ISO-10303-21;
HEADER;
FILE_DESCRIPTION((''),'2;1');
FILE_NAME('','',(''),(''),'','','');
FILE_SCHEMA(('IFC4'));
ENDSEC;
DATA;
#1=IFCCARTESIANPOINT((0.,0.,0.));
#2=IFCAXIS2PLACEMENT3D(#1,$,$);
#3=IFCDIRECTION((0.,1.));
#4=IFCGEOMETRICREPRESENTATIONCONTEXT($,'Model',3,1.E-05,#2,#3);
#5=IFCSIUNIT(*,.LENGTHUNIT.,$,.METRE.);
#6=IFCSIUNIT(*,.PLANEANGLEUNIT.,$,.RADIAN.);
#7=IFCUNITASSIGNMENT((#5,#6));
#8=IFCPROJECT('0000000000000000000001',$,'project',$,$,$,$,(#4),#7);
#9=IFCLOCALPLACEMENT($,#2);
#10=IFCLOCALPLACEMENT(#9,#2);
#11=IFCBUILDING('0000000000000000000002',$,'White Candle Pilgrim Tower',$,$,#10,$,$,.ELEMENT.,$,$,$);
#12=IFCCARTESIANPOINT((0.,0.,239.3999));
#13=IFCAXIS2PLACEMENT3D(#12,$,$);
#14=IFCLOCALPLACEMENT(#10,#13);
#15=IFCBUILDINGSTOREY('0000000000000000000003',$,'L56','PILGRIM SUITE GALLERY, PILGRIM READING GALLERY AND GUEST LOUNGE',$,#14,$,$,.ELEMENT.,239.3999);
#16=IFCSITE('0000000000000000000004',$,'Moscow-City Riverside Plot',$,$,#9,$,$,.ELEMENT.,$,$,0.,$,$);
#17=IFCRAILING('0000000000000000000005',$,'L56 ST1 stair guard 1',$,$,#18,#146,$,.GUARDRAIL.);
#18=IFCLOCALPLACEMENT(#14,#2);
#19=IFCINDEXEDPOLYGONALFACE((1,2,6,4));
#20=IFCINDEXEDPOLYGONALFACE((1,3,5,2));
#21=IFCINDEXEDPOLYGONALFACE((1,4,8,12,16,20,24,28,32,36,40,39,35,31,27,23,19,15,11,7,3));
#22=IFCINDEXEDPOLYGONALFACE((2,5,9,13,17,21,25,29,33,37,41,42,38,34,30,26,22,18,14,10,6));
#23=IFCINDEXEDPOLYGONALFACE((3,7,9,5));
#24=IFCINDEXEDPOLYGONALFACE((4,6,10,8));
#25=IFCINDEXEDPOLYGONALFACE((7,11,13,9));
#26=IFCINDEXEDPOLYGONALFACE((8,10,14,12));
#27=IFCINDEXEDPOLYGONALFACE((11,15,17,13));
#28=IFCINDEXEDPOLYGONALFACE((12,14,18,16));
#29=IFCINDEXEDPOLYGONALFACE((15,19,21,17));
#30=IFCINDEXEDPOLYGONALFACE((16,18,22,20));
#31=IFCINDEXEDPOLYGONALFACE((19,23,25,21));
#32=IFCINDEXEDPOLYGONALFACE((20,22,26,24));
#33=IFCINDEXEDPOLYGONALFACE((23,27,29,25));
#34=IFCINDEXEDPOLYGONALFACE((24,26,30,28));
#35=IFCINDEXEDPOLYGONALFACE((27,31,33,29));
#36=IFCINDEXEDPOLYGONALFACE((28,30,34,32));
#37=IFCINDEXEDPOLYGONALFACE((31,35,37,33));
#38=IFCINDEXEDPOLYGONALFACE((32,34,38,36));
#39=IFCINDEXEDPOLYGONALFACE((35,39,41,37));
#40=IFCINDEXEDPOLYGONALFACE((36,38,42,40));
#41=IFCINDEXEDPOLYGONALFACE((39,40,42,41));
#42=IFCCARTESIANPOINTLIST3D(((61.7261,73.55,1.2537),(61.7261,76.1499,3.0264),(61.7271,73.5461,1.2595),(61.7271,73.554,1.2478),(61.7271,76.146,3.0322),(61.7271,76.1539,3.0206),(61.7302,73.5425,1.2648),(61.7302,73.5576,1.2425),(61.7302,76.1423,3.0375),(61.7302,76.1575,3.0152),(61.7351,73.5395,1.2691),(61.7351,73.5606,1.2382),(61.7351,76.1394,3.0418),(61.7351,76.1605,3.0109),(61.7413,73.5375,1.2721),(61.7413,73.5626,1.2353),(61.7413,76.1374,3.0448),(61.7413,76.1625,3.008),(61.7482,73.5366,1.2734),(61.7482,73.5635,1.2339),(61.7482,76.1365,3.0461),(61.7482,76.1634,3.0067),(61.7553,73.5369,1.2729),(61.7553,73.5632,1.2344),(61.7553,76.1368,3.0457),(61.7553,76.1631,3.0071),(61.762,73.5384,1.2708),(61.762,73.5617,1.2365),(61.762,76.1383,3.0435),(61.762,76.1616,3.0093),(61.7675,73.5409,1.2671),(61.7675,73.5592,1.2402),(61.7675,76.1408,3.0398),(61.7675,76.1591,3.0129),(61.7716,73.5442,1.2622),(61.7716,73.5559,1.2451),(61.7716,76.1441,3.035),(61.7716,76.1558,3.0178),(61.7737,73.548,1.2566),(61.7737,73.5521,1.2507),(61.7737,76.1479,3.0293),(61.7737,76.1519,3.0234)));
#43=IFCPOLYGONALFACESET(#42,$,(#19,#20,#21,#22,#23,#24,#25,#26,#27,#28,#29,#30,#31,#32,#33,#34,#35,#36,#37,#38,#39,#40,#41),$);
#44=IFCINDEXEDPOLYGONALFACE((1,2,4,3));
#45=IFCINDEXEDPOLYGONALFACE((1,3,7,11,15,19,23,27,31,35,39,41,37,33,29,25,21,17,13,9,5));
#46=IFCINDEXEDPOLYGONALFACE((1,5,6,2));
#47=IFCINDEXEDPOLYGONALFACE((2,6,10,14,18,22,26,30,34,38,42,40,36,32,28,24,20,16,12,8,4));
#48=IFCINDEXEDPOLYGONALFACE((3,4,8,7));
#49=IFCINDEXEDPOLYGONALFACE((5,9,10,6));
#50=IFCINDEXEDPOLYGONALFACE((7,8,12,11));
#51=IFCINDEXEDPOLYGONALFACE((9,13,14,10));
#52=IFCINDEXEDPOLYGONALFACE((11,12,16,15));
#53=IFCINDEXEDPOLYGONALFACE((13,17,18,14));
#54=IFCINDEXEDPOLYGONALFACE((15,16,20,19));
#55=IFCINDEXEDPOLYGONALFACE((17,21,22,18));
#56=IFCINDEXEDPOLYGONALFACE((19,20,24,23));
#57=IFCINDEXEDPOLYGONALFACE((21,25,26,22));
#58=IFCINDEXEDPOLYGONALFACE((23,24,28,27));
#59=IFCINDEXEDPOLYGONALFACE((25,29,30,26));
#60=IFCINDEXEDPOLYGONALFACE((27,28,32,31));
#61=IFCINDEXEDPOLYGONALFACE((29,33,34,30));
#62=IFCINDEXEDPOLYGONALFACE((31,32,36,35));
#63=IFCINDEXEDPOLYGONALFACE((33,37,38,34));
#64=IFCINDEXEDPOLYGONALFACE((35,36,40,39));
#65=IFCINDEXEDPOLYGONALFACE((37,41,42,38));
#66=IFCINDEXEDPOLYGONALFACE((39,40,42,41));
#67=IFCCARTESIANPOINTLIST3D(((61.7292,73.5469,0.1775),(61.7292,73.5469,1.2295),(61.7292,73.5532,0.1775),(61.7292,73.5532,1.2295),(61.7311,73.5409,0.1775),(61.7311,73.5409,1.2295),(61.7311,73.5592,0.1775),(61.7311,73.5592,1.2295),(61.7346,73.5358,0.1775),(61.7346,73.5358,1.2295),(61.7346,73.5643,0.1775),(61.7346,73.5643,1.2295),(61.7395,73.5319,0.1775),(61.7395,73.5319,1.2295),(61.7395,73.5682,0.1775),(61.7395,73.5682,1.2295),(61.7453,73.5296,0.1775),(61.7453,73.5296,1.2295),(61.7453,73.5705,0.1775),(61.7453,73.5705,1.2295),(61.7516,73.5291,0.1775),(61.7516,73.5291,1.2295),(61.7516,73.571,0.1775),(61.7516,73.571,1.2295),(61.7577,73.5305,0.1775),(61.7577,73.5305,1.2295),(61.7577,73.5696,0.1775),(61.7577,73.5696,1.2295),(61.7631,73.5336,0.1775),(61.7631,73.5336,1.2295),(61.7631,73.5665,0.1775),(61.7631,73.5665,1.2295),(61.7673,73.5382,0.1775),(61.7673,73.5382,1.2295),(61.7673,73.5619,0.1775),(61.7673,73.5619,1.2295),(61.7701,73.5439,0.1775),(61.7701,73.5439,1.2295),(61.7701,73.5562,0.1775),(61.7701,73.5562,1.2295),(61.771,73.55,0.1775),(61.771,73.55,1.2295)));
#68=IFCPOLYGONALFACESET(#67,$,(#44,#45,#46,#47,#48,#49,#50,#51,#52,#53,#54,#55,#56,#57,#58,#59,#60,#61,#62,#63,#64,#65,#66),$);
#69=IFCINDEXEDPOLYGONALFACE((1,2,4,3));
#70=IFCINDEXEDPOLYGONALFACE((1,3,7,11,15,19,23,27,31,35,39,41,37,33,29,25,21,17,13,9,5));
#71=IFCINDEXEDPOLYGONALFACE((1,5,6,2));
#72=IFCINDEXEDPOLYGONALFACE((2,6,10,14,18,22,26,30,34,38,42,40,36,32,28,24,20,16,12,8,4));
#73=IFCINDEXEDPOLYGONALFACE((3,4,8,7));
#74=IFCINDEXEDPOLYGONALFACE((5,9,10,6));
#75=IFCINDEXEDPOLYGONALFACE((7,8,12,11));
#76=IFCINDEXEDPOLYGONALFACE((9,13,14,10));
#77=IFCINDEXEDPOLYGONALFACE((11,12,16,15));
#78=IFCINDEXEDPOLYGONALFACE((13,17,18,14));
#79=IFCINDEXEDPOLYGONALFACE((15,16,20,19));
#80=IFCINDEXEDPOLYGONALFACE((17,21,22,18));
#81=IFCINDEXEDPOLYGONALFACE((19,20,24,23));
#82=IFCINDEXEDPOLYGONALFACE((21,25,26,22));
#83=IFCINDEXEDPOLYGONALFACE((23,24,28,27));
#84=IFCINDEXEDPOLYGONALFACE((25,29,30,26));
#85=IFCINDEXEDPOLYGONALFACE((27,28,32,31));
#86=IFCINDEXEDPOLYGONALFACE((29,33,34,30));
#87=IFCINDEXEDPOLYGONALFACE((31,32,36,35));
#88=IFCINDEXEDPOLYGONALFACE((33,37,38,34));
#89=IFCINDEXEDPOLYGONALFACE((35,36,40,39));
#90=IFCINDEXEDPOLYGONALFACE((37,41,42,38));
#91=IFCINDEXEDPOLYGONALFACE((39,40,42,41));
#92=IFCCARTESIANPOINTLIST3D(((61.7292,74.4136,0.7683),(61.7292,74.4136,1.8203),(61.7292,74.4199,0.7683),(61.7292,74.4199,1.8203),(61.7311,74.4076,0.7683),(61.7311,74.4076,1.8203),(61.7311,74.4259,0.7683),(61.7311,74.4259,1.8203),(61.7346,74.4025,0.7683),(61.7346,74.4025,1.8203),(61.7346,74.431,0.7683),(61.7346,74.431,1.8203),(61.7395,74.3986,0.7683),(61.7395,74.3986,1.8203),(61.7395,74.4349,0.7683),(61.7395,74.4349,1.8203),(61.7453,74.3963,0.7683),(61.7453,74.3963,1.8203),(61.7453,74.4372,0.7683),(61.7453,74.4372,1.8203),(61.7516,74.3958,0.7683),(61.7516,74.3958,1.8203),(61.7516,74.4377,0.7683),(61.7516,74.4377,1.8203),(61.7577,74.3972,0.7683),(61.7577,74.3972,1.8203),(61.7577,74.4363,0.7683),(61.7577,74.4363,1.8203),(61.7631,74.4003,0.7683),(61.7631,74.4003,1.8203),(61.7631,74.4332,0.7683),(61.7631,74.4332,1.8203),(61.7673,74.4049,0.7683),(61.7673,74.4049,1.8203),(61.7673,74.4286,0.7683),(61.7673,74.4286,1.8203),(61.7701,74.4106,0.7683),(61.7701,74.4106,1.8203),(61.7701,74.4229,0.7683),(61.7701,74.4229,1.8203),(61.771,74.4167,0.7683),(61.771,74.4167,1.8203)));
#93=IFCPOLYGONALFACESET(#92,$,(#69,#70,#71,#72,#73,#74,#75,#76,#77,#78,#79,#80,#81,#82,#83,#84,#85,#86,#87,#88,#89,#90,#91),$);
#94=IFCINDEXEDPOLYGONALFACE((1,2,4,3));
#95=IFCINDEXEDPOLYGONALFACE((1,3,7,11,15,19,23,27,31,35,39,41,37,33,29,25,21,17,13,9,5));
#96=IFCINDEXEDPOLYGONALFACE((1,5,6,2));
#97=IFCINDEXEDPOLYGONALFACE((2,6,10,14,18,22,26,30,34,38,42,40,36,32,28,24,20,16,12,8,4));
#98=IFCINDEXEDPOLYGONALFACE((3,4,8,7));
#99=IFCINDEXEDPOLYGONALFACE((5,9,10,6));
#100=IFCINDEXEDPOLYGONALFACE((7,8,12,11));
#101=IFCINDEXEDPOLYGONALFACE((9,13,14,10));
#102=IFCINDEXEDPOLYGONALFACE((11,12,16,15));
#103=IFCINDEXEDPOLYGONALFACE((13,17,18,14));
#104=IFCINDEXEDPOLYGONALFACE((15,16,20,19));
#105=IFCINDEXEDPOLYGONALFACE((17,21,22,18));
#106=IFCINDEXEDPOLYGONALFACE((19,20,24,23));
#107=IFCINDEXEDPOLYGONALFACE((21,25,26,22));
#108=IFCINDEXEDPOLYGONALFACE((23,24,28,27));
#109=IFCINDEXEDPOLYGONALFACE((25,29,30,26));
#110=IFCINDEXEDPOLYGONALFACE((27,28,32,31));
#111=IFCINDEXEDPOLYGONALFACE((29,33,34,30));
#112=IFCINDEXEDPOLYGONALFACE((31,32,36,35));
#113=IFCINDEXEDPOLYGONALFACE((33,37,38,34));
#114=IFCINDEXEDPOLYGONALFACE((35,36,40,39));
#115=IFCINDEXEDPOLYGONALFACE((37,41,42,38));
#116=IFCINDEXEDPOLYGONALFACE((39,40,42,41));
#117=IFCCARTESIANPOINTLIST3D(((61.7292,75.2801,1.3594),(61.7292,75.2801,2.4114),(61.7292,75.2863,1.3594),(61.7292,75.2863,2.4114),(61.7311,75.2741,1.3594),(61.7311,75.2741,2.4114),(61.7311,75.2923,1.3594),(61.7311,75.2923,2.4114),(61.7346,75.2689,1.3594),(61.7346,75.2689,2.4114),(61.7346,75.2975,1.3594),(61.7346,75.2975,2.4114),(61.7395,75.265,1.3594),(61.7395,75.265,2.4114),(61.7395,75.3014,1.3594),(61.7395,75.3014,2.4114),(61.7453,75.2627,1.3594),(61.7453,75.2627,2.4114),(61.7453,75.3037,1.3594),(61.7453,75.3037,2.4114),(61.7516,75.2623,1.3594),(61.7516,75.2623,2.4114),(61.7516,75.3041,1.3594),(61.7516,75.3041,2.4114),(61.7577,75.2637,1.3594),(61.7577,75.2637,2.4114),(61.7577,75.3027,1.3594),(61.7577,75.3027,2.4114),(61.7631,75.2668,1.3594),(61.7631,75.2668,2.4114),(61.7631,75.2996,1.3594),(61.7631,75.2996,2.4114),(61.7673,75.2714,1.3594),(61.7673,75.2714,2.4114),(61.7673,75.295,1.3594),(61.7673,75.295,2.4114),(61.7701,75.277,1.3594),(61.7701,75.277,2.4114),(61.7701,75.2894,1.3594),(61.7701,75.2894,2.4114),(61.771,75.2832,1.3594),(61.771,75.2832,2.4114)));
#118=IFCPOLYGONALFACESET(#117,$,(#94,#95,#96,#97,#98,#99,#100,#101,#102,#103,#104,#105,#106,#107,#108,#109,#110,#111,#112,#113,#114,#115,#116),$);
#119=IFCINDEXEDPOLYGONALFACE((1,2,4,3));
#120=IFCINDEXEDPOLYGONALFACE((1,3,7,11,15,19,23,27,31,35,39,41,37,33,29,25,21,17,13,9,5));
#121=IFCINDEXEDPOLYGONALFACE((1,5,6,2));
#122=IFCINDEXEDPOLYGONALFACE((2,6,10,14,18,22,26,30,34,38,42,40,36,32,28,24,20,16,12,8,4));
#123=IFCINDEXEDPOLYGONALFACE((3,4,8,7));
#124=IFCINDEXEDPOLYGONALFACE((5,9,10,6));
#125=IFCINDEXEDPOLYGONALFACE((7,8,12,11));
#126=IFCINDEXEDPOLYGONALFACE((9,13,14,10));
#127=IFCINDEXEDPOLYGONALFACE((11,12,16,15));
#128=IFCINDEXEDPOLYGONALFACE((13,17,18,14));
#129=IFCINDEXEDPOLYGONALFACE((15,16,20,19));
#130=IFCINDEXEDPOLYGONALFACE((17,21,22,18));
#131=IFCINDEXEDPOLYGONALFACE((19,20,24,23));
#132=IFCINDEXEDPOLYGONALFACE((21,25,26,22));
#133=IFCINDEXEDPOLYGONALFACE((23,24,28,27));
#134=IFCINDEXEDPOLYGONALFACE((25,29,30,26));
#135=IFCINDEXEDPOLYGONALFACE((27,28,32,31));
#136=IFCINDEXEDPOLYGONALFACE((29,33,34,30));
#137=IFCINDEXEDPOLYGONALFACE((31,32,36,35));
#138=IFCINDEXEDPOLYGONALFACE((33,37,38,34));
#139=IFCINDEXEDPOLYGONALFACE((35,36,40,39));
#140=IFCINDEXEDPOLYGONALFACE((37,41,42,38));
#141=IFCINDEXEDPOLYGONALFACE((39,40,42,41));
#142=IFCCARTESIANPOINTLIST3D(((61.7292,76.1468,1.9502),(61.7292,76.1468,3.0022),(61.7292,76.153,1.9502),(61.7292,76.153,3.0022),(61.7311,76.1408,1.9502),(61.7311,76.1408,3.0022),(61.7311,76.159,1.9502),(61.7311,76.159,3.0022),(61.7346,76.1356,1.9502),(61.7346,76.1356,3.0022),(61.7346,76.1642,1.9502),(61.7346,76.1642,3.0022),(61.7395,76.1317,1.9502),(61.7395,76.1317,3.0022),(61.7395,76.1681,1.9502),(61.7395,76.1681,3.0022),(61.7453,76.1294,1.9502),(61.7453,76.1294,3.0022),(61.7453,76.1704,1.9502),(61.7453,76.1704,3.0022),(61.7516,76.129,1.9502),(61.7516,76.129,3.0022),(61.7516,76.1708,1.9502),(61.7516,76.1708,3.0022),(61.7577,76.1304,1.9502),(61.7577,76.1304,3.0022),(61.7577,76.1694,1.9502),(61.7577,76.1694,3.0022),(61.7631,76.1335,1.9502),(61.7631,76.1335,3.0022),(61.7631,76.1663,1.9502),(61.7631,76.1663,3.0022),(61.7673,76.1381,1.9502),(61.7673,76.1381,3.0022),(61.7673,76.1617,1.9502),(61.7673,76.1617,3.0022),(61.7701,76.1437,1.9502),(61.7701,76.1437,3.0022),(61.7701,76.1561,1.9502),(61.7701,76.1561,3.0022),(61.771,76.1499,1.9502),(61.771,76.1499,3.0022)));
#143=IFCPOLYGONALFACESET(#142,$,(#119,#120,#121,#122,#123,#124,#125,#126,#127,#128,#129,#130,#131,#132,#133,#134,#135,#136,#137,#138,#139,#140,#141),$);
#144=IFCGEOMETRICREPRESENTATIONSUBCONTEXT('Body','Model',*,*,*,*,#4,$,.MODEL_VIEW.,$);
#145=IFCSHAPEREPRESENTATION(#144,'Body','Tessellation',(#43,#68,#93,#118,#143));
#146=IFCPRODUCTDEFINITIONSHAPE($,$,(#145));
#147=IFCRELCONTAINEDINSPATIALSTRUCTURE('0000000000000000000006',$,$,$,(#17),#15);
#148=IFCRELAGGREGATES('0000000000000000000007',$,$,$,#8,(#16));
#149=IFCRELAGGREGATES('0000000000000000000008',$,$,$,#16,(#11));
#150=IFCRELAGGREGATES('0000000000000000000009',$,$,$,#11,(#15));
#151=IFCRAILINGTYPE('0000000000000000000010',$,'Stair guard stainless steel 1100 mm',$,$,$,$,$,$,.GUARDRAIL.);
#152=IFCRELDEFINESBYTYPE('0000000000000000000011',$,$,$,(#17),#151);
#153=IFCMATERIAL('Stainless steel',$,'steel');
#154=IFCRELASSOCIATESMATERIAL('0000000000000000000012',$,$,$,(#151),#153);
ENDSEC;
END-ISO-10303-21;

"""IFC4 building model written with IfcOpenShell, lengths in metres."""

from ifc_helpers import new_model, si_unit, direction, frame, origin, origin_2d, place, context, subcontext, project, spatial, circle, extrude, material, type_object, element, save


model = new_model("IFC4")

# Units and contexts
model_context = context("Model", 3, precision=1e-05, world=origin(), true_north=direction((0.0, 1.0)))
body_context = subcontext(model_context, "Body", "Model", "MODEL_VIEW")
ifc_project = project(units=[si_unit("LENGTHUNIT", "METRE"), si_unit("PLANEANGLEUNIT", "RADIAN")], contexts=[model_context])

# Site, building, storey
site_placement = place(None, origin())
site = spatial("IfcSite", under=ifc_project, at=site_placement, Name="Moscow-City Riverside Plot", CompositionType="ELEMENT", RefElevation=0.0)
building_placement = place(site_placement, origin())
building = spatial("IfcBuilding", under=site, at=building_placement, Name="White Candle Pilgrim Tower", CompositionType="ELEMENT")
storey_placement = place(building_placement, frame((0.0, 0.0, 239.3999)))
storey = spatial("IfcBuildingStorey", under=building, at=storey_placement, Name="L56", Description="PILGRIM SUITE GALLERY, PILGRIM READING GALLERY AND GUEST LOUNGE", CompositionType="ELEMENT", Elevation=239.3999)

# Railing
ifc_material_1 = material(Name="Stainless steel", Category="steel")
railing_type_1 = type_object("IfcRailingType", Name="Stair guard stainless steel 1100 mm", PredefinedType="GUARDRAIL", material=ifc_material_1)
railing_1_placement = place(storey_placement, frame((61.75, 73.55, 0.1775)))
element("IfcRailing", 1, at=railing_1_placement, inside=storey, type_object=railing_type_1, Name="L56 ST1 stair guard 1", PredefinedType="GUARDRAIL", context=body_context, shape_type="SweptSolid", body=[
    extrude(circle(Radius=0.0239, at=origin_2d()), frame((0.0, 0.0, 1.0762), z_axis=(0.0, 0.826216, 0.563354), x_axis=(-1.0, 0.0, 0.0)), (0.0, 0.0, 1.0), 3.1467),
    extrude(circle(Radius=0.021, at=origin_2d()), origin(), (0.0, 0.0, 1.0), 1.052),
    extrude(circle(Radius=0.021, at=origin_2d()), frame((0.0, 0.8667, 0.5908)), (0.0, 0.0, 1.0), 1.052),
    extrude(circle(Radius=0.021, at=origin_2d()), frame((0.0, 1.7332, 1.1819)), (0.0, 0.0, 1.0), 1.052),
    extrude(circle(Radius=0.021, at=origin_2d()), frame((0.0, 2.5999, 1.7727)), (0.0, 0.0, 1.0), 1.052),
])

save(model, "model.ifc")
